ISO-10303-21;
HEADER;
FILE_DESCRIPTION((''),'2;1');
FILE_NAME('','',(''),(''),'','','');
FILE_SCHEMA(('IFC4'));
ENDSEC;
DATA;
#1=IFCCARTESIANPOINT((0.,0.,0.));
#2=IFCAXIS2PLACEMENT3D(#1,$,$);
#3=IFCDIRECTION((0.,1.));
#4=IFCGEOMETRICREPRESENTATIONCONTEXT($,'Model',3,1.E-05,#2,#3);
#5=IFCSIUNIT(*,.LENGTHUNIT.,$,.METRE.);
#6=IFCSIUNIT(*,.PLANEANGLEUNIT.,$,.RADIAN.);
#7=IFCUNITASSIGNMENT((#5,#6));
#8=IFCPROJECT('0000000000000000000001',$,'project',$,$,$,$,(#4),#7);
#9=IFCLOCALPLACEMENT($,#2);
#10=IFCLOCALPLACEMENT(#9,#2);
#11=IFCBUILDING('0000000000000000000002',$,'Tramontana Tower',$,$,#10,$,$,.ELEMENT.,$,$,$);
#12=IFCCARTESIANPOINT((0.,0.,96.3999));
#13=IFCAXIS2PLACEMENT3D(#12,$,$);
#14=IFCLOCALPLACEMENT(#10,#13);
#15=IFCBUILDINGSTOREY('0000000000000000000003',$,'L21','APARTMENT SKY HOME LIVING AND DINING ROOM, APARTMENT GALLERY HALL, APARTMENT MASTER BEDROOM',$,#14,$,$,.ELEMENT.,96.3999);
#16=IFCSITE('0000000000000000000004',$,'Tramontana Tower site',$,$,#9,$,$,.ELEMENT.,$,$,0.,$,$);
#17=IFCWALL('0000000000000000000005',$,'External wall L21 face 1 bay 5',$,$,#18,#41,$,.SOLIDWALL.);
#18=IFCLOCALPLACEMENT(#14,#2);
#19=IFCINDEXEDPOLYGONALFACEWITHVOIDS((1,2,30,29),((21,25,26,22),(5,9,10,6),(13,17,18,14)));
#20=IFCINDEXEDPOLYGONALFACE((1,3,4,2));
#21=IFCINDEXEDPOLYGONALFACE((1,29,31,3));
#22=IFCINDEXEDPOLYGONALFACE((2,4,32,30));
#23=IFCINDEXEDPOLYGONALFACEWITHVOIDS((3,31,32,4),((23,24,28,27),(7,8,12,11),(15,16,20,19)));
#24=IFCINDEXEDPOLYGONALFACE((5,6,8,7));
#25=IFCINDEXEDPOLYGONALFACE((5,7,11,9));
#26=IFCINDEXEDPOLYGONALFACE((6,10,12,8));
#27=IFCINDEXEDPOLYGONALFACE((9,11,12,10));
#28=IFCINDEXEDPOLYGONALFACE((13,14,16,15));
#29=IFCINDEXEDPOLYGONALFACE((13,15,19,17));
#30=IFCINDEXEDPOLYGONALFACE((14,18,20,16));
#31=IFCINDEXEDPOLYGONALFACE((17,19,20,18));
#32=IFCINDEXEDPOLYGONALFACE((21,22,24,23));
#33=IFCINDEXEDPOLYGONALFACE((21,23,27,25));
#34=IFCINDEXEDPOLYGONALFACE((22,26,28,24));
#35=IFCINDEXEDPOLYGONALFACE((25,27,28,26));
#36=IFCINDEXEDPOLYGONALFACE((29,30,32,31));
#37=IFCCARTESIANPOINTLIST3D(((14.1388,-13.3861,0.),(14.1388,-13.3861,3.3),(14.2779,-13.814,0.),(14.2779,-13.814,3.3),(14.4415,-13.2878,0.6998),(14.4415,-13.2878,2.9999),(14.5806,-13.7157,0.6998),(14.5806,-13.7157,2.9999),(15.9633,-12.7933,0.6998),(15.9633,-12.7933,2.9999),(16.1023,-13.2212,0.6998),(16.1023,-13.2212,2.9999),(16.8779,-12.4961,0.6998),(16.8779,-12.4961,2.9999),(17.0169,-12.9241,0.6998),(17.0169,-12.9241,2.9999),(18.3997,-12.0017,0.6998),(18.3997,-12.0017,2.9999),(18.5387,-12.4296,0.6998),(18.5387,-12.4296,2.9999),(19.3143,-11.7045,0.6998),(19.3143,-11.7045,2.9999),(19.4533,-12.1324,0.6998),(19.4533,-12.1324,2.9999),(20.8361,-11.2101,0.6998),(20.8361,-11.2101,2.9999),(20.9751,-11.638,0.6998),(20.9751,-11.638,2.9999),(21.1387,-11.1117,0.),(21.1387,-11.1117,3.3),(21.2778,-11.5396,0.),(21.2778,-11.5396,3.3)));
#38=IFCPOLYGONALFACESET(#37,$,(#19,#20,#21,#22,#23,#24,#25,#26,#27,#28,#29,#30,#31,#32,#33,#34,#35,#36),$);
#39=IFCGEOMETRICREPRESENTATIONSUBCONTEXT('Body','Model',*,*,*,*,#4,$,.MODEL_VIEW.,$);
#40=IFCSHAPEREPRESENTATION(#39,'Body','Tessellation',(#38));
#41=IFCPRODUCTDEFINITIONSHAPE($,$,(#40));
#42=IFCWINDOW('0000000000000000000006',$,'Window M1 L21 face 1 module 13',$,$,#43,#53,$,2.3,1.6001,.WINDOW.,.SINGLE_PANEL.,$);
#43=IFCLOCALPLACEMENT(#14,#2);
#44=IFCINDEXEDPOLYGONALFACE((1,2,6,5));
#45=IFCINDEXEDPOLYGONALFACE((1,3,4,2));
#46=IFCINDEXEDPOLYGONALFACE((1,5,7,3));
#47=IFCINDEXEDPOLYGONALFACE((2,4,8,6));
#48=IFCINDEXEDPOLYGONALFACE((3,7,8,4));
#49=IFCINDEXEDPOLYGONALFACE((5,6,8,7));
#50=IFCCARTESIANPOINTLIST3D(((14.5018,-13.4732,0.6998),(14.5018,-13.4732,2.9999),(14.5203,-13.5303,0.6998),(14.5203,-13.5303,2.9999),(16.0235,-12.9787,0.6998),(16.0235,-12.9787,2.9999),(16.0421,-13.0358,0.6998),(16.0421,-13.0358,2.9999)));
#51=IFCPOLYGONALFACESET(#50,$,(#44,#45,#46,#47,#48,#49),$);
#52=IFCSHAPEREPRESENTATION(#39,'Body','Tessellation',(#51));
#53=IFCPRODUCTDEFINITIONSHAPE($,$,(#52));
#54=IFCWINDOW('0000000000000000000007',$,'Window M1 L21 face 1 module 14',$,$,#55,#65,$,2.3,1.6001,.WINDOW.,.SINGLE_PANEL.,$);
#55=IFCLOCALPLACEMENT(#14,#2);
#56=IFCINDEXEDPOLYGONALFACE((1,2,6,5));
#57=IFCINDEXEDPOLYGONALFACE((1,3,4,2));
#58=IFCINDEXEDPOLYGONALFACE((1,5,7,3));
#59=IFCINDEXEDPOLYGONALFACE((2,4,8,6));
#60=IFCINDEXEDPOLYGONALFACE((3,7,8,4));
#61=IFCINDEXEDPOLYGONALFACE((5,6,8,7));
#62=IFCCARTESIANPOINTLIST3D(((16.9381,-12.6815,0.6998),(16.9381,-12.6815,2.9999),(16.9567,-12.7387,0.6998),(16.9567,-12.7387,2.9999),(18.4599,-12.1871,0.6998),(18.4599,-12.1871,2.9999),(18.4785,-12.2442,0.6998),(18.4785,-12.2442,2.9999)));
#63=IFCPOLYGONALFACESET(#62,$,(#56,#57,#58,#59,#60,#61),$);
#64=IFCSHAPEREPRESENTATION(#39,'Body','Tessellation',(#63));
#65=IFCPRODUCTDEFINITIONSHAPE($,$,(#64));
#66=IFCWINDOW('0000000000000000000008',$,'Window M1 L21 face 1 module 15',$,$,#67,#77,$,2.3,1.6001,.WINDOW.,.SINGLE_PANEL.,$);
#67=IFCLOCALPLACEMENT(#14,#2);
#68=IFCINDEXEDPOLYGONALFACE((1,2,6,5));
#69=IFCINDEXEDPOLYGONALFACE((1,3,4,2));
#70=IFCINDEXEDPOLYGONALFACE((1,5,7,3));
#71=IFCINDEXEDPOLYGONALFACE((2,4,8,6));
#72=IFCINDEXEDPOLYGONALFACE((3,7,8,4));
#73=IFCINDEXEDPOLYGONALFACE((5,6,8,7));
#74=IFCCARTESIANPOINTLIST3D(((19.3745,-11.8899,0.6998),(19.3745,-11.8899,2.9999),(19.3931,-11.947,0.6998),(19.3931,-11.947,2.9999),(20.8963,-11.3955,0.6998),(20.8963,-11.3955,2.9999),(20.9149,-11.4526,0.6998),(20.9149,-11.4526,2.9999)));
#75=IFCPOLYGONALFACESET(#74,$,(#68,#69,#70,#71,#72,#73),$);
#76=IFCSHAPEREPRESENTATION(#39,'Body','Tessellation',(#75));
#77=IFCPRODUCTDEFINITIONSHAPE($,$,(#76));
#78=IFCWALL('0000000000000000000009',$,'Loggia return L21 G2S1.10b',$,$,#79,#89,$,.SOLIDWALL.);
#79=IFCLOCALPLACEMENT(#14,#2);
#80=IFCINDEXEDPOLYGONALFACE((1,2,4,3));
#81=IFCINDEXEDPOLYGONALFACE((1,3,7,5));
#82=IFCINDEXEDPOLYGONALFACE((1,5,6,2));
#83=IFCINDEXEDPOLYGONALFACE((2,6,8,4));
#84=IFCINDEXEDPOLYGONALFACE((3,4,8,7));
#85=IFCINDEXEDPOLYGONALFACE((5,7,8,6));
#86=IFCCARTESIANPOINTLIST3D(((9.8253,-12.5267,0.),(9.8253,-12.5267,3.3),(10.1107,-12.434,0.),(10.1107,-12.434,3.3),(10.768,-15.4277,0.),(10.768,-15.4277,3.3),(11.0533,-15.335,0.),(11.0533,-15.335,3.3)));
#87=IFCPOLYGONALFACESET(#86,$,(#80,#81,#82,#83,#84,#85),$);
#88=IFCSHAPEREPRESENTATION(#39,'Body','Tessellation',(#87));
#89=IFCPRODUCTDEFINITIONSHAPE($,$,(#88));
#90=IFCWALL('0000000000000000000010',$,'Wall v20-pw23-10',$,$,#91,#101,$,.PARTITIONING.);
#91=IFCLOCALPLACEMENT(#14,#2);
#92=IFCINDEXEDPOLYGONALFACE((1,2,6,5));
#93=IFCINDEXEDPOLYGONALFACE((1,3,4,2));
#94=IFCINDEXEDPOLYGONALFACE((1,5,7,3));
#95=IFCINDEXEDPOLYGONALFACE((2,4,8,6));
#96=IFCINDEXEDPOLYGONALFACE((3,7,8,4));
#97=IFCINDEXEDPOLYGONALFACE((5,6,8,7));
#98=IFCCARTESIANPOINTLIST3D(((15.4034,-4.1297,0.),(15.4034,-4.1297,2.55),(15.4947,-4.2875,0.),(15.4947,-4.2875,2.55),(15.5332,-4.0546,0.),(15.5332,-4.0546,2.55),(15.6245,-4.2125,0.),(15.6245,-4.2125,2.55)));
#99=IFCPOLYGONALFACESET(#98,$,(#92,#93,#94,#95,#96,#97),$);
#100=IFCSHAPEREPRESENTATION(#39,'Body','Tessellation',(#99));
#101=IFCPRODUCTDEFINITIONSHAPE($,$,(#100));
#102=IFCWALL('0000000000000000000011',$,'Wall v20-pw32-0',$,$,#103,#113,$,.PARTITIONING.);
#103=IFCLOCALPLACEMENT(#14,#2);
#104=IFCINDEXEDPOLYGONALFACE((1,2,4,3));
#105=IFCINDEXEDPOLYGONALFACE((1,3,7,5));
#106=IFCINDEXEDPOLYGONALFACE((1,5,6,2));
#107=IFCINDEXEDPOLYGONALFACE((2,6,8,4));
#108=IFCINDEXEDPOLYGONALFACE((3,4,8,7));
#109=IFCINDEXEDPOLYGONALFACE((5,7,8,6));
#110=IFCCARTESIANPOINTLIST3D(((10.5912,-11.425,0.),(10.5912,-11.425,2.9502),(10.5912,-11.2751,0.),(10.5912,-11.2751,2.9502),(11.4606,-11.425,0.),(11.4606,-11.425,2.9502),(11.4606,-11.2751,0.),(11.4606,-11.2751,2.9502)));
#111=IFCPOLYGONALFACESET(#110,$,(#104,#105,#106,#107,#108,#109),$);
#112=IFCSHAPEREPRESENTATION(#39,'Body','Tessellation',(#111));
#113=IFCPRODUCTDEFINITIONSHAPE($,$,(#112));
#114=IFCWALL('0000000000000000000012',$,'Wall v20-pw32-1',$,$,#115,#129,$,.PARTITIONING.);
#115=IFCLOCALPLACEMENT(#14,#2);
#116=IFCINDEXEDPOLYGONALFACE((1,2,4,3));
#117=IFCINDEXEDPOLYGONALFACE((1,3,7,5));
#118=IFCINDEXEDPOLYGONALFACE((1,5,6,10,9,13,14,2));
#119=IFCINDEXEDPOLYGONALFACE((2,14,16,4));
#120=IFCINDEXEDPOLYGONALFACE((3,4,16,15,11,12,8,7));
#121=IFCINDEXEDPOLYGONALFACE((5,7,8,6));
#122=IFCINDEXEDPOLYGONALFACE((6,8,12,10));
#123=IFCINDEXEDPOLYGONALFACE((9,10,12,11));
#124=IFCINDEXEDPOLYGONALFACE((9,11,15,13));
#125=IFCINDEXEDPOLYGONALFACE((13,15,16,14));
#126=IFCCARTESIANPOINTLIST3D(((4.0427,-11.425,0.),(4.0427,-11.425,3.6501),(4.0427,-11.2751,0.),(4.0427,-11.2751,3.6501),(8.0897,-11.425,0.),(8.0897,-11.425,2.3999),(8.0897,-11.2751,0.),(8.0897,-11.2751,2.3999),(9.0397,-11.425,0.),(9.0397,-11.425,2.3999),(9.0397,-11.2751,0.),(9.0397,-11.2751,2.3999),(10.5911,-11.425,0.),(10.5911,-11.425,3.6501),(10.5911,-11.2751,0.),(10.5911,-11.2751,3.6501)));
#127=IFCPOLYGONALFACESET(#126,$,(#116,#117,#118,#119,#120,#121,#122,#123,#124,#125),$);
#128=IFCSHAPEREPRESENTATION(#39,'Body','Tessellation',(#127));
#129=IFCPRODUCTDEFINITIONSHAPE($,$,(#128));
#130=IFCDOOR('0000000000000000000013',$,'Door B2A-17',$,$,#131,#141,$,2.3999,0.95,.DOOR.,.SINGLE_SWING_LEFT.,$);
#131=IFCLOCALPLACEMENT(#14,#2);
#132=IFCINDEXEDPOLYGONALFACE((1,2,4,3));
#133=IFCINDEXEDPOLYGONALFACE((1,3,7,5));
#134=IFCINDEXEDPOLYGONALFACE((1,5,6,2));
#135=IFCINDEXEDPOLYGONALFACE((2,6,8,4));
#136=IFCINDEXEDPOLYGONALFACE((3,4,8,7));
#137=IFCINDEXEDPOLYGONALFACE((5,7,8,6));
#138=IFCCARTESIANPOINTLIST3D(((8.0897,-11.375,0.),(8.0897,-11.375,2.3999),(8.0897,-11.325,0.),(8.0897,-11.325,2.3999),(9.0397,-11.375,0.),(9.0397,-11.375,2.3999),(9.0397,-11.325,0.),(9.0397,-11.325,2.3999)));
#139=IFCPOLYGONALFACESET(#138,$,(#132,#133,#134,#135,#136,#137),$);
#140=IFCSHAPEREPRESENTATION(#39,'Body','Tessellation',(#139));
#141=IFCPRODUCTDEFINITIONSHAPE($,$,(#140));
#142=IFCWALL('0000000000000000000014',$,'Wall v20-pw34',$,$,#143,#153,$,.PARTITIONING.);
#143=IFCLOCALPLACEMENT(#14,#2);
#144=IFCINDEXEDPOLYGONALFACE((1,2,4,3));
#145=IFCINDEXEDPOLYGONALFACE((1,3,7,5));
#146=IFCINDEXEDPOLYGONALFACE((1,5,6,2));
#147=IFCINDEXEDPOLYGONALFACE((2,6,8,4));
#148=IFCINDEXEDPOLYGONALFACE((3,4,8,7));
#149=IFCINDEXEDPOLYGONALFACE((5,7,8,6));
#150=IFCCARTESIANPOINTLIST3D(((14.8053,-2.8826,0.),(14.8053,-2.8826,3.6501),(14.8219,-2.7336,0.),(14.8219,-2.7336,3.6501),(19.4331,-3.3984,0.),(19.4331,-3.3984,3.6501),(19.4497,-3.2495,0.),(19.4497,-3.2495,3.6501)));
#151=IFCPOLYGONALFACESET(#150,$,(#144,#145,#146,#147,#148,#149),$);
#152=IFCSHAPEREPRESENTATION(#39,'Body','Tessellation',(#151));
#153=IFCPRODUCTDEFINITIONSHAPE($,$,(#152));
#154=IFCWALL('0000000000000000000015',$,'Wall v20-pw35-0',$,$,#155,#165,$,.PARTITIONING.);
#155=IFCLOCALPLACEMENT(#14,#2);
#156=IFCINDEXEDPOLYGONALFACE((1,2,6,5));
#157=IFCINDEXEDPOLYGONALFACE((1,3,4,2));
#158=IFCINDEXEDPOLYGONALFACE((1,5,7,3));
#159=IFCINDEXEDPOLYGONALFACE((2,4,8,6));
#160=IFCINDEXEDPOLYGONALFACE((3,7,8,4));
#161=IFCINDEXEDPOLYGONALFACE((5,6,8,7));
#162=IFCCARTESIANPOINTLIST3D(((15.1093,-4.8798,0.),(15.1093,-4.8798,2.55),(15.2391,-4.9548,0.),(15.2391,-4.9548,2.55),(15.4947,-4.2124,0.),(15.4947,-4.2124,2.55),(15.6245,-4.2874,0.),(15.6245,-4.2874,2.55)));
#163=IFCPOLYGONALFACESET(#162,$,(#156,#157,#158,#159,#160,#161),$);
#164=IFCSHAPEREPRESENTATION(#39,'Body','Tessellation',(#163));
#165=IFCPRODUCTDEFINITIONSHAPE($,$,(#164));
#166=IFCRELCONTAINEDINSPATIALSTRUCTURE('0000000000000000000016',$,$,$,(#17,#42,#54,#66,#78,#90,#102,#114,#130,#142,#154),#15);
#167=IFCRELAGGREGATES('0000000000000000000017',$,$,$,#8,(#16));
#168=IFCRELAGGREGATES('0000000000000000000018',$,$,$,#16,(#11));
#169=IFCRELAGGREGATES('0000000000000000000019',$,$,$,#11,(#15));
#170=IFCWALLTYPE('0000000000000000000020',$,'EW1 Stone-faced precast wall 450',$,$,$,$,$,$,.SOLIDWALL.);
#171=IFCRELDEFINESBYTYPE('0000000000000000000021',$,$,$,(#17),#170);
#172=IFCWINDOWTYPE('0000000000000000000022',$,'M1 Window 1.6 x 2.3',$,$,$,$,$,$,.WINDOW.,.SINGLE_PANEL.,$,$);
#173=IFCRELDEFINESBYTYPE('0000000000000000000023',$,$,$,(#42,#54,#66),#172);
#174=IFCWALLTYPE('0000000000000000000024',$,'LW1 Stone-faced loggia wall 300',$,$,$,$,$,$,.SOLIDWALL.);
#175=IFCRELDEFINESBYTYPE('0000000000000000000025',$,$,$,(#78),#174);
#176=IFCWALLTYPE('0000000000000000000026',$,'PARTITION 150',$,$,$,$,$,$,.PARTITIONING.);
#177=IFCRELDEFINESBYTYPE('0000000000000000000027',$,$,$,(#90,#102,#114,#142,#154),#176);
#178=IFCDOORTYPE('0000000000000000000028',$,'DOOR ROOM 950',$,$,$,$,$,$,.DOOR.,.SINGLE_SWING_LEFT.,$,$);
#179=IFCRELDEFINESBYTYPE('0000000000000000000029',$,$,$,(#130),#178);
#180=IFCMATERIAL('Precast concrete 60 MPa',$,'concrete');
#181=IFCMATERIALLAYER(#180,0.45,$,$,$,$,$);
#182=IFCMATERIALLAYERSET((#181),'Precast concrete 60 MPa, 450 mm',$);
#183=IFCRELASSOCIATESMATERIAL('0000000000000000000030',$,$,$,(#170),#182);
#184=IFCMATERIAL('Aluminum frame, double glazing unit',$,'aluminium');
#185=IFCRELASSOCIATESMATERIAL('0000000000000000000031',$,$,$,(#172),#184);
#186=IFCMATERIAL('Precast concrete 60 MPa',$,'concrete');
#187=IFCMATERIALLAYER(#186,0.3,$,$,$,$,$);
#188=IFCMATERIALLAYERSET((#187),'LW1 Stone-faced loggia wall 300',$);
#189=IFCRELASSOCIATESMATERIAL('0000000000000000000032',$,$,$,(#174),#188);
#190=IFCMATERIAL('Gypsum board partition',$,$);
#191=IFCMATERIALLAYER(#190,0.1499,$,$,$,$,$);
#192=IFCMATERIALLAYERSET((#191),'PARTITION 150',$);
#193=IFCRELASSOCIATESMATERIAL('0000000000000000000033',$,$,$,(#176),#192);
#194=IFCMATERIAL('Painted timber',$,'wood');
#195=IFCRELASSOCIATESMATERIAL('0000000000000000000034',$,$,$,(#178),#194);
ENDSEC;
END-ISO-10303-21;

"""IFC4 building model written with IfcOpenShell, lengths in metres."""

from ifc_helpers import new_model, si_unit, direction, frame, frame_2d, origin, place, context, subcontext, project, spatial, rectangle, extrude, material, layer, layer_set, type_object, element, fill, save


model = new_model("IFC4")

# Units and contexts
model_context = context("Model", 3, precision=1e-05, world=origin(), true_north=direction((0.0, 1.0)))
body_context = subcontext(model_context, "Body", "Model", "MODEL_VIEW")
ifc_project = project(units=[si_unit("LENGTHUNIT", "METRE"), si_unit("PLANEANGLEUNIT", "RADIAN")], contexts=[model_context])

# Site, building, storey
site_placement = place(None, origin())
site = spatial("IfcSite", under=ifc_project, at=site_placement, Name="Tramontana Tower site", CompositionType="ELEMENT", RefElevation=0.0)
building_placement = place(site_placement, origin())
building = spatial("IfcBuilding", under=site, at=building_placement, Name="Tramontana Tower", CompositionType="ELEMENT")
storey_placement = place(building_placement, frame((0.0, 0.0, 96.3999)))
storey = spatial("IfcBuildingStorey", under=building, at=storey_placement, Name="L21", Description="APARTMENT SKY HOME LIVING AND DINING ROOM, APARTMENT GALLERY HALL, APARTMENT MASTER BEDROOM", CompositionType="ELEMENT", Elevation=96.3999)

# Shared definitions
ifc_material_1 = material(Name="Precast concrete 60 MPa", Category="concrete")
ifc_layer_1 = layer(ifc_material_1, 0.45)
ifc_layer_set_1 = layer_set([ifc_layer_1], Name="Precast concrete 60 MPa, 450 mm")
wall_type_1 = type_object("IfcWallType", Name="EW1 Stone-faced precast wall 450", PredefinedType="SOLIDWALL", material=ifc_layer_set_1)
ifc_material_2 = material(Name="Aluminum frame, double glazing unit", Category="aluminium")
window_type = type_object("IfcWindowType", Name="M1 Window 1.6 x 2.3", PartitioningType="SINGLE_PANEL", PredefinedType="WINDOW", material=ifc_material_2)

# Wall, openings, windows
wall_1_placement = place(storey_placement, frame((14.2083, -13.6001, 0.0), z_axis=(0.0, 0.0, 1.0), x_axis=(0.951057, 0.309014, 0.0)))
wall_1 = element("IfcWall", 1, at=wall_1_placement, inside=storey, type_object=wall_type_1, Name="External wall L21 face 1 bay 5", PredefinedType="SOLIDWALL", context=body_context, shape_type="SweptSolid", body=[
    extrude(rectangle(XDim=7.3601, YDim=0.45, at=frame_2d((3.6802, 0.0))), origin(), (0.0, 0.0, 1.0), 3.3),
])
opening_1_placement = place(wall_1_placement, frame((0.3184, 0.0, 0.7)))
opening_1 = element("IfcOpeningElement", 2, at=opening_1_placement, cuts=wall_1, PredefinedType="OPENING", context=body_context, shape_type="SweptSolid", body=[
    extrude(rectangle(XDim=1.6001, YDim=2.3, at=frame_2d((0.8, 1.1499))), frame((0.0, 0.2349, 0.0), z_axis=(0.0, -1.0, 0.0), x_axis=(1.0, 0.0, 0.0)), (0.0, 0.0, 1.0), 0.47),
])
opening_2_placement = place(wall_1_placement, frame((2.8801, 0.0, 0.7)))
opening_2 = element("IfcOpeningElement", 3, at=opening_2_placement, cuts=wall_1, PredefinedType="OPENING", context=body_context, shape_type="SweptSolid", body=[
    extrude(rectangle(XDim=1.6001, YDim=2.3, at=frame_2d((0.8, 1.1499))), frame((0.0, 0.2349, 0.0), z_axis=(0.0, -1.0, 0.0), x_axis=(1.0, 0.0, 0.0)), (0.0, 0.0, 1.0), 0.47),
])
opening_3_placement = place(wall_1_placement, frame((5.4419, 0.0, 0.7)))
opening_3 = element("IfcOpeningElement", 4, at=opening_3_placement, cuts=wall_1, PredefinedType="OPENING", context=body_context, shape_type="SweptSolid", body=[
    extrude(rectangle(XDim=1.6001, YDim=2.3, at=frame_2d((0.8, 1.1499))), frame((0.0, 0.2349, 0.0), z_axis=(0.0, -1.0, 0.0), x_axis=(1.0, 0.0, 0.0)), (0.0, 0.0, 1.0), 0.47),
])
window_1_placement = place(opening_1_placement, origin())
window_1 = element("IfcWindow", 5, at=window_1_placement, inside=storey, type_object=window_type, Name="Window M1 L21 face 1 module 13", OverallHeight=2.3, OverallWidth=1.6001, PartitioningType="SINGLE_PANEL", PredefinedType="WINDOW", context=body_context, shape_type="SweptSolid", body=[
    extrude(rectangle(XDim=1.6001, YDim=2.3, at=frame_2d((0.8, 1.1499))), frame((0.0, 0.03, 0.0), z_axis=(0.0, -1.0, 0.0), x_axis=(1.0, 0.0, 0.0)), (0.0, 0.0, 1.0), 0.0601),
])
fill(opening_1, window_1)
window_2_placement = place(opening_2_placement, origin())
window_2 = element("IfcWindow", 6, at=window_2_placement, inside=storey, type_object=window_type, Name="Window M1 L21 face 1 module 14", OverallHeight=2.3, OverallWidth=1.6001, PartitioningType="SINGLE_PANEL", PredefinedType="WINDOW", context=body_context, shape_type="SweptSolid", body=[
    extrude(rectangle(XDim=1.6001, YDim=2.3, at=frame_2d((0.8, 1.1499))), frame((0.0, 0.03, 0.0), z_axis=(0.0, -1.0, 0.0), x_axis=(1.0, 0.0, 0.0)), (0.0, 0.0, 1.0), 0.0601),
])
fill(opening_2, window_2)
window_3_placement = place(opening_3_placement, origin())
window_3 = element("IfcWindow", 7, at=window_3_placement, inside=storey, type_object=window_type, Name="Window M1 L21 face 1 module 15", OverallHeight=2.3, OverallWidth=1.6001, PartitioningType="SINGLE_PANEL", PredefinedType="WINDOW", context=body_context, shape_type="SweptSolid", body=[
    extrude(rectangle(XDim=1.6001, YDim=2.3, at=frame_2d((0.8, 1.1499))), frame((0.0, 0.03, 0.0), z_axis=(0.0, -1.0, 0.0), x_axis=(1.0, 0.0, 0.0)), (0.0, 0.0, 1.0), 0.0601),
])
fill(opening_3, window_3)

# Walls
ifc_material_3 = material(Name="Precast concrete 60 MPa", Category="concrete")
ifc_layer_2 = layer(ifc_material_3, 0.3)
ifc_layer_set_2 = layer_set([ifc_layer_2], Name="LW1 Stone-faced loggia wall 300")
wall_type_2 = type_object("IfcWallType", Name="LW1 Stone-faced loggia wall 300", PredefinedType="SOLIDWALL", material=ifc_layer_set_2)
wall_2_placement = place(storey_placement, frame((10.9106, -15.3813, 0.0), z_axis=(0.0, 0.0, 1.0), x_axis=(-0.309039, 0.951049, 0.0)))
element("IfcWall", 8, at=wall_2_placement, inside=storey, type_object=wall_type_2, Name="Loggia return L21 G2S1.10b", PredefinedType="SOLIDWALL", context=body_context, shape_type="SweptSolid", body=[
    extrude(rectangle(XDim=3.0503, YDim=0.3, at=frame_2d((1.5251, 0.0))), origin(), (0.0, 0.0, 1.0), 3.3),
])
ifc_material_4 = material(Name="Gypsum board partition")
ifc_layer_3 = layer(ifc_material_4, 0.1499)
ifc_layer_set_3 = layer_set([ifc_layer_3], Name="PARTITION 150")
wall_type_3 = type_object("IfcWallType", Name="PARTITION 150", PredefinedType="PARTITIONING", material=ifc_layer_set_3)
wall_3_placement = place(storey_placement, frame((15.4683, -4.092, 0.0), z_axis=(0.0, 0.0, 1.0), x_axis=(0.500456, -0.865762, 0.0)))
element("IfcWall", 9, at=wall_3_placement, inside=storey, type_object=wall_type_3, Name="Wall v20-pw23-10", PredefinedType="PARTITIONING", context=body_context, shape_type="SweptSolid", body=[
    extrude(rectangle(XDim=0.1824, YDim=0.1499, at=frame_2d((0.0913, 0.0))), origin(), (0.0, 0.0, 1.0), 2.55),
])
wall_4_placement = place(storey_placement, frame((11.4604, -11.3501, 0.0), z_axis=(0.0, 0.0, 1.0), x_axis=(-1.0, 0.0, 0.0)))
element("IfcWall", 10, at=wall_4_placement, inside=storey, type_object=wall_type_3, Name="Wall v20-pw32-0", PredefinedType="PARTITIONING", context=body_context, shape_type="SweptSolid", body=[
    extrude(rectangle(XDim=0.8694, YDim=0.1499, at=frame_2d((0.4346, 0.0))), origin(), (0.0, 0.0, 1.0), 2.9502),
])

# Wall, opening, door
wall_5_placement = place(storey_placement, frame((10.5911, -11.3501, 0.0), z_axis=(0.0, 0.0, 1.0), x_axis=(-1.0, 0.0, 0.0)))
wall_5 = element("IfcWall", 11, at=wall_5_placement, inside=storey, type_object=wall_type_3, Name="Wall v20-pw32-1", PredefinedType="PARTITIONING", context=body_context, shape_type="SweptSolid", body=[
    extrude(rectangle(XDim=6.5483, YDim=0.1499, at=frame_2d((3.2742, 0.0))), origin(), (0.0, 0.0, 1.0), 3.6501),
])
opening_4_placement = place(wall_5_placement, frame((1.5513, 0.0, 0.0)))
opening_4 = element("IfcOpeningElement", 12, at=opening_4_placement, cuts=wall_5, PredefinedType="OPENING", context=body_context, shape_type="SweptSolid", body=[
    extrude(rectangle(XDim=0.95, YDim=2.3999, at=frame_2d((0.4751, 1.2))), frame((0.0, 0.085, 0.0), z_axis=(0.0, -1.0, 0.0), x_axis=(1.0, 0.0, 0.0)), (0.0, 0.0, 1.0), 0.1699),
])
ifc_material_5 = material(Name="Painted timber", Category="wood")
door_type_1 = type_object("IfcDoorType", Name="DOOR ROOM 950", OperationType="SINGLE_SWING_LEFT", PredefinedType="DOOR", material=ifc_material_5)
door_1_placement = place(opening_4_placement, origin())
door_1 = element("IfcDoor", 13, at=door_1_placement, inside=storey, type_object=door_type_1, Name="Door B2A-17", OperationType="SINGLE_SWING_LEFT", OverallHeight=2.3999, OverallWidth=0.95, PredefinedType="DOOR", context=body_context, shape_type="SweptSolid", body=[
    extrude(rectangle(XDim=0.95, YDim=2.3999, at=frame_2d((0.4751, 1.2))), frame((0.0, 0.0249, 0.0), z_axis=(0.0, -1.0, 0.0), x_axis=(1.0, 0.0, 0.0)), (0.0, 0.0, 1.0), 0.05),
])
fill(opening_4, door_1)

# Walls
wall_6_placement = place(storey_placement, frame((14.8137, -2.8081, 0.0), z_axis=(0.0, 0.0, 1.0), x_axis=(0.993845, -0.110783, 0.0)))
element("IfcWall", 14, at=wall_6_placement, inside=storey, type_object=wall_type_3, Name="Wall v20-pw34", PredefinedType="PARTITIONING", context=body_context, shape_type="SweptSolid", body=[
    extrude(rectangle(XDim=4.6565, YDim=0.1499, at=frame_2d((2.3281, 0.0))), origin(), (0.0, 0.0, 1.0), 3.6501),
])
wall_7_placement = place(storey_placement, frame((15.5596, -4.25, 0.0), z_axis=(0.0, 0.0, 1.0), x_axis=(-0.500125, -0.865953, 0.0)))
element("IfcWall", 15, at=wall_7_placement, inside=storey, type_object=wall_type_3, Name="Wall v20-pw35-0", PredefinedType="PARTITIONING", context=body_context, shape_type="SweptSolid", body=[
    extrude(rectangle(XDim=0.7708, YDim=0.1499, at=frame_2d((0.3853, 0.0))), origin(), (0.0, 0.0, 1.0), 2.55),
])

save(model, "model.ifc")
